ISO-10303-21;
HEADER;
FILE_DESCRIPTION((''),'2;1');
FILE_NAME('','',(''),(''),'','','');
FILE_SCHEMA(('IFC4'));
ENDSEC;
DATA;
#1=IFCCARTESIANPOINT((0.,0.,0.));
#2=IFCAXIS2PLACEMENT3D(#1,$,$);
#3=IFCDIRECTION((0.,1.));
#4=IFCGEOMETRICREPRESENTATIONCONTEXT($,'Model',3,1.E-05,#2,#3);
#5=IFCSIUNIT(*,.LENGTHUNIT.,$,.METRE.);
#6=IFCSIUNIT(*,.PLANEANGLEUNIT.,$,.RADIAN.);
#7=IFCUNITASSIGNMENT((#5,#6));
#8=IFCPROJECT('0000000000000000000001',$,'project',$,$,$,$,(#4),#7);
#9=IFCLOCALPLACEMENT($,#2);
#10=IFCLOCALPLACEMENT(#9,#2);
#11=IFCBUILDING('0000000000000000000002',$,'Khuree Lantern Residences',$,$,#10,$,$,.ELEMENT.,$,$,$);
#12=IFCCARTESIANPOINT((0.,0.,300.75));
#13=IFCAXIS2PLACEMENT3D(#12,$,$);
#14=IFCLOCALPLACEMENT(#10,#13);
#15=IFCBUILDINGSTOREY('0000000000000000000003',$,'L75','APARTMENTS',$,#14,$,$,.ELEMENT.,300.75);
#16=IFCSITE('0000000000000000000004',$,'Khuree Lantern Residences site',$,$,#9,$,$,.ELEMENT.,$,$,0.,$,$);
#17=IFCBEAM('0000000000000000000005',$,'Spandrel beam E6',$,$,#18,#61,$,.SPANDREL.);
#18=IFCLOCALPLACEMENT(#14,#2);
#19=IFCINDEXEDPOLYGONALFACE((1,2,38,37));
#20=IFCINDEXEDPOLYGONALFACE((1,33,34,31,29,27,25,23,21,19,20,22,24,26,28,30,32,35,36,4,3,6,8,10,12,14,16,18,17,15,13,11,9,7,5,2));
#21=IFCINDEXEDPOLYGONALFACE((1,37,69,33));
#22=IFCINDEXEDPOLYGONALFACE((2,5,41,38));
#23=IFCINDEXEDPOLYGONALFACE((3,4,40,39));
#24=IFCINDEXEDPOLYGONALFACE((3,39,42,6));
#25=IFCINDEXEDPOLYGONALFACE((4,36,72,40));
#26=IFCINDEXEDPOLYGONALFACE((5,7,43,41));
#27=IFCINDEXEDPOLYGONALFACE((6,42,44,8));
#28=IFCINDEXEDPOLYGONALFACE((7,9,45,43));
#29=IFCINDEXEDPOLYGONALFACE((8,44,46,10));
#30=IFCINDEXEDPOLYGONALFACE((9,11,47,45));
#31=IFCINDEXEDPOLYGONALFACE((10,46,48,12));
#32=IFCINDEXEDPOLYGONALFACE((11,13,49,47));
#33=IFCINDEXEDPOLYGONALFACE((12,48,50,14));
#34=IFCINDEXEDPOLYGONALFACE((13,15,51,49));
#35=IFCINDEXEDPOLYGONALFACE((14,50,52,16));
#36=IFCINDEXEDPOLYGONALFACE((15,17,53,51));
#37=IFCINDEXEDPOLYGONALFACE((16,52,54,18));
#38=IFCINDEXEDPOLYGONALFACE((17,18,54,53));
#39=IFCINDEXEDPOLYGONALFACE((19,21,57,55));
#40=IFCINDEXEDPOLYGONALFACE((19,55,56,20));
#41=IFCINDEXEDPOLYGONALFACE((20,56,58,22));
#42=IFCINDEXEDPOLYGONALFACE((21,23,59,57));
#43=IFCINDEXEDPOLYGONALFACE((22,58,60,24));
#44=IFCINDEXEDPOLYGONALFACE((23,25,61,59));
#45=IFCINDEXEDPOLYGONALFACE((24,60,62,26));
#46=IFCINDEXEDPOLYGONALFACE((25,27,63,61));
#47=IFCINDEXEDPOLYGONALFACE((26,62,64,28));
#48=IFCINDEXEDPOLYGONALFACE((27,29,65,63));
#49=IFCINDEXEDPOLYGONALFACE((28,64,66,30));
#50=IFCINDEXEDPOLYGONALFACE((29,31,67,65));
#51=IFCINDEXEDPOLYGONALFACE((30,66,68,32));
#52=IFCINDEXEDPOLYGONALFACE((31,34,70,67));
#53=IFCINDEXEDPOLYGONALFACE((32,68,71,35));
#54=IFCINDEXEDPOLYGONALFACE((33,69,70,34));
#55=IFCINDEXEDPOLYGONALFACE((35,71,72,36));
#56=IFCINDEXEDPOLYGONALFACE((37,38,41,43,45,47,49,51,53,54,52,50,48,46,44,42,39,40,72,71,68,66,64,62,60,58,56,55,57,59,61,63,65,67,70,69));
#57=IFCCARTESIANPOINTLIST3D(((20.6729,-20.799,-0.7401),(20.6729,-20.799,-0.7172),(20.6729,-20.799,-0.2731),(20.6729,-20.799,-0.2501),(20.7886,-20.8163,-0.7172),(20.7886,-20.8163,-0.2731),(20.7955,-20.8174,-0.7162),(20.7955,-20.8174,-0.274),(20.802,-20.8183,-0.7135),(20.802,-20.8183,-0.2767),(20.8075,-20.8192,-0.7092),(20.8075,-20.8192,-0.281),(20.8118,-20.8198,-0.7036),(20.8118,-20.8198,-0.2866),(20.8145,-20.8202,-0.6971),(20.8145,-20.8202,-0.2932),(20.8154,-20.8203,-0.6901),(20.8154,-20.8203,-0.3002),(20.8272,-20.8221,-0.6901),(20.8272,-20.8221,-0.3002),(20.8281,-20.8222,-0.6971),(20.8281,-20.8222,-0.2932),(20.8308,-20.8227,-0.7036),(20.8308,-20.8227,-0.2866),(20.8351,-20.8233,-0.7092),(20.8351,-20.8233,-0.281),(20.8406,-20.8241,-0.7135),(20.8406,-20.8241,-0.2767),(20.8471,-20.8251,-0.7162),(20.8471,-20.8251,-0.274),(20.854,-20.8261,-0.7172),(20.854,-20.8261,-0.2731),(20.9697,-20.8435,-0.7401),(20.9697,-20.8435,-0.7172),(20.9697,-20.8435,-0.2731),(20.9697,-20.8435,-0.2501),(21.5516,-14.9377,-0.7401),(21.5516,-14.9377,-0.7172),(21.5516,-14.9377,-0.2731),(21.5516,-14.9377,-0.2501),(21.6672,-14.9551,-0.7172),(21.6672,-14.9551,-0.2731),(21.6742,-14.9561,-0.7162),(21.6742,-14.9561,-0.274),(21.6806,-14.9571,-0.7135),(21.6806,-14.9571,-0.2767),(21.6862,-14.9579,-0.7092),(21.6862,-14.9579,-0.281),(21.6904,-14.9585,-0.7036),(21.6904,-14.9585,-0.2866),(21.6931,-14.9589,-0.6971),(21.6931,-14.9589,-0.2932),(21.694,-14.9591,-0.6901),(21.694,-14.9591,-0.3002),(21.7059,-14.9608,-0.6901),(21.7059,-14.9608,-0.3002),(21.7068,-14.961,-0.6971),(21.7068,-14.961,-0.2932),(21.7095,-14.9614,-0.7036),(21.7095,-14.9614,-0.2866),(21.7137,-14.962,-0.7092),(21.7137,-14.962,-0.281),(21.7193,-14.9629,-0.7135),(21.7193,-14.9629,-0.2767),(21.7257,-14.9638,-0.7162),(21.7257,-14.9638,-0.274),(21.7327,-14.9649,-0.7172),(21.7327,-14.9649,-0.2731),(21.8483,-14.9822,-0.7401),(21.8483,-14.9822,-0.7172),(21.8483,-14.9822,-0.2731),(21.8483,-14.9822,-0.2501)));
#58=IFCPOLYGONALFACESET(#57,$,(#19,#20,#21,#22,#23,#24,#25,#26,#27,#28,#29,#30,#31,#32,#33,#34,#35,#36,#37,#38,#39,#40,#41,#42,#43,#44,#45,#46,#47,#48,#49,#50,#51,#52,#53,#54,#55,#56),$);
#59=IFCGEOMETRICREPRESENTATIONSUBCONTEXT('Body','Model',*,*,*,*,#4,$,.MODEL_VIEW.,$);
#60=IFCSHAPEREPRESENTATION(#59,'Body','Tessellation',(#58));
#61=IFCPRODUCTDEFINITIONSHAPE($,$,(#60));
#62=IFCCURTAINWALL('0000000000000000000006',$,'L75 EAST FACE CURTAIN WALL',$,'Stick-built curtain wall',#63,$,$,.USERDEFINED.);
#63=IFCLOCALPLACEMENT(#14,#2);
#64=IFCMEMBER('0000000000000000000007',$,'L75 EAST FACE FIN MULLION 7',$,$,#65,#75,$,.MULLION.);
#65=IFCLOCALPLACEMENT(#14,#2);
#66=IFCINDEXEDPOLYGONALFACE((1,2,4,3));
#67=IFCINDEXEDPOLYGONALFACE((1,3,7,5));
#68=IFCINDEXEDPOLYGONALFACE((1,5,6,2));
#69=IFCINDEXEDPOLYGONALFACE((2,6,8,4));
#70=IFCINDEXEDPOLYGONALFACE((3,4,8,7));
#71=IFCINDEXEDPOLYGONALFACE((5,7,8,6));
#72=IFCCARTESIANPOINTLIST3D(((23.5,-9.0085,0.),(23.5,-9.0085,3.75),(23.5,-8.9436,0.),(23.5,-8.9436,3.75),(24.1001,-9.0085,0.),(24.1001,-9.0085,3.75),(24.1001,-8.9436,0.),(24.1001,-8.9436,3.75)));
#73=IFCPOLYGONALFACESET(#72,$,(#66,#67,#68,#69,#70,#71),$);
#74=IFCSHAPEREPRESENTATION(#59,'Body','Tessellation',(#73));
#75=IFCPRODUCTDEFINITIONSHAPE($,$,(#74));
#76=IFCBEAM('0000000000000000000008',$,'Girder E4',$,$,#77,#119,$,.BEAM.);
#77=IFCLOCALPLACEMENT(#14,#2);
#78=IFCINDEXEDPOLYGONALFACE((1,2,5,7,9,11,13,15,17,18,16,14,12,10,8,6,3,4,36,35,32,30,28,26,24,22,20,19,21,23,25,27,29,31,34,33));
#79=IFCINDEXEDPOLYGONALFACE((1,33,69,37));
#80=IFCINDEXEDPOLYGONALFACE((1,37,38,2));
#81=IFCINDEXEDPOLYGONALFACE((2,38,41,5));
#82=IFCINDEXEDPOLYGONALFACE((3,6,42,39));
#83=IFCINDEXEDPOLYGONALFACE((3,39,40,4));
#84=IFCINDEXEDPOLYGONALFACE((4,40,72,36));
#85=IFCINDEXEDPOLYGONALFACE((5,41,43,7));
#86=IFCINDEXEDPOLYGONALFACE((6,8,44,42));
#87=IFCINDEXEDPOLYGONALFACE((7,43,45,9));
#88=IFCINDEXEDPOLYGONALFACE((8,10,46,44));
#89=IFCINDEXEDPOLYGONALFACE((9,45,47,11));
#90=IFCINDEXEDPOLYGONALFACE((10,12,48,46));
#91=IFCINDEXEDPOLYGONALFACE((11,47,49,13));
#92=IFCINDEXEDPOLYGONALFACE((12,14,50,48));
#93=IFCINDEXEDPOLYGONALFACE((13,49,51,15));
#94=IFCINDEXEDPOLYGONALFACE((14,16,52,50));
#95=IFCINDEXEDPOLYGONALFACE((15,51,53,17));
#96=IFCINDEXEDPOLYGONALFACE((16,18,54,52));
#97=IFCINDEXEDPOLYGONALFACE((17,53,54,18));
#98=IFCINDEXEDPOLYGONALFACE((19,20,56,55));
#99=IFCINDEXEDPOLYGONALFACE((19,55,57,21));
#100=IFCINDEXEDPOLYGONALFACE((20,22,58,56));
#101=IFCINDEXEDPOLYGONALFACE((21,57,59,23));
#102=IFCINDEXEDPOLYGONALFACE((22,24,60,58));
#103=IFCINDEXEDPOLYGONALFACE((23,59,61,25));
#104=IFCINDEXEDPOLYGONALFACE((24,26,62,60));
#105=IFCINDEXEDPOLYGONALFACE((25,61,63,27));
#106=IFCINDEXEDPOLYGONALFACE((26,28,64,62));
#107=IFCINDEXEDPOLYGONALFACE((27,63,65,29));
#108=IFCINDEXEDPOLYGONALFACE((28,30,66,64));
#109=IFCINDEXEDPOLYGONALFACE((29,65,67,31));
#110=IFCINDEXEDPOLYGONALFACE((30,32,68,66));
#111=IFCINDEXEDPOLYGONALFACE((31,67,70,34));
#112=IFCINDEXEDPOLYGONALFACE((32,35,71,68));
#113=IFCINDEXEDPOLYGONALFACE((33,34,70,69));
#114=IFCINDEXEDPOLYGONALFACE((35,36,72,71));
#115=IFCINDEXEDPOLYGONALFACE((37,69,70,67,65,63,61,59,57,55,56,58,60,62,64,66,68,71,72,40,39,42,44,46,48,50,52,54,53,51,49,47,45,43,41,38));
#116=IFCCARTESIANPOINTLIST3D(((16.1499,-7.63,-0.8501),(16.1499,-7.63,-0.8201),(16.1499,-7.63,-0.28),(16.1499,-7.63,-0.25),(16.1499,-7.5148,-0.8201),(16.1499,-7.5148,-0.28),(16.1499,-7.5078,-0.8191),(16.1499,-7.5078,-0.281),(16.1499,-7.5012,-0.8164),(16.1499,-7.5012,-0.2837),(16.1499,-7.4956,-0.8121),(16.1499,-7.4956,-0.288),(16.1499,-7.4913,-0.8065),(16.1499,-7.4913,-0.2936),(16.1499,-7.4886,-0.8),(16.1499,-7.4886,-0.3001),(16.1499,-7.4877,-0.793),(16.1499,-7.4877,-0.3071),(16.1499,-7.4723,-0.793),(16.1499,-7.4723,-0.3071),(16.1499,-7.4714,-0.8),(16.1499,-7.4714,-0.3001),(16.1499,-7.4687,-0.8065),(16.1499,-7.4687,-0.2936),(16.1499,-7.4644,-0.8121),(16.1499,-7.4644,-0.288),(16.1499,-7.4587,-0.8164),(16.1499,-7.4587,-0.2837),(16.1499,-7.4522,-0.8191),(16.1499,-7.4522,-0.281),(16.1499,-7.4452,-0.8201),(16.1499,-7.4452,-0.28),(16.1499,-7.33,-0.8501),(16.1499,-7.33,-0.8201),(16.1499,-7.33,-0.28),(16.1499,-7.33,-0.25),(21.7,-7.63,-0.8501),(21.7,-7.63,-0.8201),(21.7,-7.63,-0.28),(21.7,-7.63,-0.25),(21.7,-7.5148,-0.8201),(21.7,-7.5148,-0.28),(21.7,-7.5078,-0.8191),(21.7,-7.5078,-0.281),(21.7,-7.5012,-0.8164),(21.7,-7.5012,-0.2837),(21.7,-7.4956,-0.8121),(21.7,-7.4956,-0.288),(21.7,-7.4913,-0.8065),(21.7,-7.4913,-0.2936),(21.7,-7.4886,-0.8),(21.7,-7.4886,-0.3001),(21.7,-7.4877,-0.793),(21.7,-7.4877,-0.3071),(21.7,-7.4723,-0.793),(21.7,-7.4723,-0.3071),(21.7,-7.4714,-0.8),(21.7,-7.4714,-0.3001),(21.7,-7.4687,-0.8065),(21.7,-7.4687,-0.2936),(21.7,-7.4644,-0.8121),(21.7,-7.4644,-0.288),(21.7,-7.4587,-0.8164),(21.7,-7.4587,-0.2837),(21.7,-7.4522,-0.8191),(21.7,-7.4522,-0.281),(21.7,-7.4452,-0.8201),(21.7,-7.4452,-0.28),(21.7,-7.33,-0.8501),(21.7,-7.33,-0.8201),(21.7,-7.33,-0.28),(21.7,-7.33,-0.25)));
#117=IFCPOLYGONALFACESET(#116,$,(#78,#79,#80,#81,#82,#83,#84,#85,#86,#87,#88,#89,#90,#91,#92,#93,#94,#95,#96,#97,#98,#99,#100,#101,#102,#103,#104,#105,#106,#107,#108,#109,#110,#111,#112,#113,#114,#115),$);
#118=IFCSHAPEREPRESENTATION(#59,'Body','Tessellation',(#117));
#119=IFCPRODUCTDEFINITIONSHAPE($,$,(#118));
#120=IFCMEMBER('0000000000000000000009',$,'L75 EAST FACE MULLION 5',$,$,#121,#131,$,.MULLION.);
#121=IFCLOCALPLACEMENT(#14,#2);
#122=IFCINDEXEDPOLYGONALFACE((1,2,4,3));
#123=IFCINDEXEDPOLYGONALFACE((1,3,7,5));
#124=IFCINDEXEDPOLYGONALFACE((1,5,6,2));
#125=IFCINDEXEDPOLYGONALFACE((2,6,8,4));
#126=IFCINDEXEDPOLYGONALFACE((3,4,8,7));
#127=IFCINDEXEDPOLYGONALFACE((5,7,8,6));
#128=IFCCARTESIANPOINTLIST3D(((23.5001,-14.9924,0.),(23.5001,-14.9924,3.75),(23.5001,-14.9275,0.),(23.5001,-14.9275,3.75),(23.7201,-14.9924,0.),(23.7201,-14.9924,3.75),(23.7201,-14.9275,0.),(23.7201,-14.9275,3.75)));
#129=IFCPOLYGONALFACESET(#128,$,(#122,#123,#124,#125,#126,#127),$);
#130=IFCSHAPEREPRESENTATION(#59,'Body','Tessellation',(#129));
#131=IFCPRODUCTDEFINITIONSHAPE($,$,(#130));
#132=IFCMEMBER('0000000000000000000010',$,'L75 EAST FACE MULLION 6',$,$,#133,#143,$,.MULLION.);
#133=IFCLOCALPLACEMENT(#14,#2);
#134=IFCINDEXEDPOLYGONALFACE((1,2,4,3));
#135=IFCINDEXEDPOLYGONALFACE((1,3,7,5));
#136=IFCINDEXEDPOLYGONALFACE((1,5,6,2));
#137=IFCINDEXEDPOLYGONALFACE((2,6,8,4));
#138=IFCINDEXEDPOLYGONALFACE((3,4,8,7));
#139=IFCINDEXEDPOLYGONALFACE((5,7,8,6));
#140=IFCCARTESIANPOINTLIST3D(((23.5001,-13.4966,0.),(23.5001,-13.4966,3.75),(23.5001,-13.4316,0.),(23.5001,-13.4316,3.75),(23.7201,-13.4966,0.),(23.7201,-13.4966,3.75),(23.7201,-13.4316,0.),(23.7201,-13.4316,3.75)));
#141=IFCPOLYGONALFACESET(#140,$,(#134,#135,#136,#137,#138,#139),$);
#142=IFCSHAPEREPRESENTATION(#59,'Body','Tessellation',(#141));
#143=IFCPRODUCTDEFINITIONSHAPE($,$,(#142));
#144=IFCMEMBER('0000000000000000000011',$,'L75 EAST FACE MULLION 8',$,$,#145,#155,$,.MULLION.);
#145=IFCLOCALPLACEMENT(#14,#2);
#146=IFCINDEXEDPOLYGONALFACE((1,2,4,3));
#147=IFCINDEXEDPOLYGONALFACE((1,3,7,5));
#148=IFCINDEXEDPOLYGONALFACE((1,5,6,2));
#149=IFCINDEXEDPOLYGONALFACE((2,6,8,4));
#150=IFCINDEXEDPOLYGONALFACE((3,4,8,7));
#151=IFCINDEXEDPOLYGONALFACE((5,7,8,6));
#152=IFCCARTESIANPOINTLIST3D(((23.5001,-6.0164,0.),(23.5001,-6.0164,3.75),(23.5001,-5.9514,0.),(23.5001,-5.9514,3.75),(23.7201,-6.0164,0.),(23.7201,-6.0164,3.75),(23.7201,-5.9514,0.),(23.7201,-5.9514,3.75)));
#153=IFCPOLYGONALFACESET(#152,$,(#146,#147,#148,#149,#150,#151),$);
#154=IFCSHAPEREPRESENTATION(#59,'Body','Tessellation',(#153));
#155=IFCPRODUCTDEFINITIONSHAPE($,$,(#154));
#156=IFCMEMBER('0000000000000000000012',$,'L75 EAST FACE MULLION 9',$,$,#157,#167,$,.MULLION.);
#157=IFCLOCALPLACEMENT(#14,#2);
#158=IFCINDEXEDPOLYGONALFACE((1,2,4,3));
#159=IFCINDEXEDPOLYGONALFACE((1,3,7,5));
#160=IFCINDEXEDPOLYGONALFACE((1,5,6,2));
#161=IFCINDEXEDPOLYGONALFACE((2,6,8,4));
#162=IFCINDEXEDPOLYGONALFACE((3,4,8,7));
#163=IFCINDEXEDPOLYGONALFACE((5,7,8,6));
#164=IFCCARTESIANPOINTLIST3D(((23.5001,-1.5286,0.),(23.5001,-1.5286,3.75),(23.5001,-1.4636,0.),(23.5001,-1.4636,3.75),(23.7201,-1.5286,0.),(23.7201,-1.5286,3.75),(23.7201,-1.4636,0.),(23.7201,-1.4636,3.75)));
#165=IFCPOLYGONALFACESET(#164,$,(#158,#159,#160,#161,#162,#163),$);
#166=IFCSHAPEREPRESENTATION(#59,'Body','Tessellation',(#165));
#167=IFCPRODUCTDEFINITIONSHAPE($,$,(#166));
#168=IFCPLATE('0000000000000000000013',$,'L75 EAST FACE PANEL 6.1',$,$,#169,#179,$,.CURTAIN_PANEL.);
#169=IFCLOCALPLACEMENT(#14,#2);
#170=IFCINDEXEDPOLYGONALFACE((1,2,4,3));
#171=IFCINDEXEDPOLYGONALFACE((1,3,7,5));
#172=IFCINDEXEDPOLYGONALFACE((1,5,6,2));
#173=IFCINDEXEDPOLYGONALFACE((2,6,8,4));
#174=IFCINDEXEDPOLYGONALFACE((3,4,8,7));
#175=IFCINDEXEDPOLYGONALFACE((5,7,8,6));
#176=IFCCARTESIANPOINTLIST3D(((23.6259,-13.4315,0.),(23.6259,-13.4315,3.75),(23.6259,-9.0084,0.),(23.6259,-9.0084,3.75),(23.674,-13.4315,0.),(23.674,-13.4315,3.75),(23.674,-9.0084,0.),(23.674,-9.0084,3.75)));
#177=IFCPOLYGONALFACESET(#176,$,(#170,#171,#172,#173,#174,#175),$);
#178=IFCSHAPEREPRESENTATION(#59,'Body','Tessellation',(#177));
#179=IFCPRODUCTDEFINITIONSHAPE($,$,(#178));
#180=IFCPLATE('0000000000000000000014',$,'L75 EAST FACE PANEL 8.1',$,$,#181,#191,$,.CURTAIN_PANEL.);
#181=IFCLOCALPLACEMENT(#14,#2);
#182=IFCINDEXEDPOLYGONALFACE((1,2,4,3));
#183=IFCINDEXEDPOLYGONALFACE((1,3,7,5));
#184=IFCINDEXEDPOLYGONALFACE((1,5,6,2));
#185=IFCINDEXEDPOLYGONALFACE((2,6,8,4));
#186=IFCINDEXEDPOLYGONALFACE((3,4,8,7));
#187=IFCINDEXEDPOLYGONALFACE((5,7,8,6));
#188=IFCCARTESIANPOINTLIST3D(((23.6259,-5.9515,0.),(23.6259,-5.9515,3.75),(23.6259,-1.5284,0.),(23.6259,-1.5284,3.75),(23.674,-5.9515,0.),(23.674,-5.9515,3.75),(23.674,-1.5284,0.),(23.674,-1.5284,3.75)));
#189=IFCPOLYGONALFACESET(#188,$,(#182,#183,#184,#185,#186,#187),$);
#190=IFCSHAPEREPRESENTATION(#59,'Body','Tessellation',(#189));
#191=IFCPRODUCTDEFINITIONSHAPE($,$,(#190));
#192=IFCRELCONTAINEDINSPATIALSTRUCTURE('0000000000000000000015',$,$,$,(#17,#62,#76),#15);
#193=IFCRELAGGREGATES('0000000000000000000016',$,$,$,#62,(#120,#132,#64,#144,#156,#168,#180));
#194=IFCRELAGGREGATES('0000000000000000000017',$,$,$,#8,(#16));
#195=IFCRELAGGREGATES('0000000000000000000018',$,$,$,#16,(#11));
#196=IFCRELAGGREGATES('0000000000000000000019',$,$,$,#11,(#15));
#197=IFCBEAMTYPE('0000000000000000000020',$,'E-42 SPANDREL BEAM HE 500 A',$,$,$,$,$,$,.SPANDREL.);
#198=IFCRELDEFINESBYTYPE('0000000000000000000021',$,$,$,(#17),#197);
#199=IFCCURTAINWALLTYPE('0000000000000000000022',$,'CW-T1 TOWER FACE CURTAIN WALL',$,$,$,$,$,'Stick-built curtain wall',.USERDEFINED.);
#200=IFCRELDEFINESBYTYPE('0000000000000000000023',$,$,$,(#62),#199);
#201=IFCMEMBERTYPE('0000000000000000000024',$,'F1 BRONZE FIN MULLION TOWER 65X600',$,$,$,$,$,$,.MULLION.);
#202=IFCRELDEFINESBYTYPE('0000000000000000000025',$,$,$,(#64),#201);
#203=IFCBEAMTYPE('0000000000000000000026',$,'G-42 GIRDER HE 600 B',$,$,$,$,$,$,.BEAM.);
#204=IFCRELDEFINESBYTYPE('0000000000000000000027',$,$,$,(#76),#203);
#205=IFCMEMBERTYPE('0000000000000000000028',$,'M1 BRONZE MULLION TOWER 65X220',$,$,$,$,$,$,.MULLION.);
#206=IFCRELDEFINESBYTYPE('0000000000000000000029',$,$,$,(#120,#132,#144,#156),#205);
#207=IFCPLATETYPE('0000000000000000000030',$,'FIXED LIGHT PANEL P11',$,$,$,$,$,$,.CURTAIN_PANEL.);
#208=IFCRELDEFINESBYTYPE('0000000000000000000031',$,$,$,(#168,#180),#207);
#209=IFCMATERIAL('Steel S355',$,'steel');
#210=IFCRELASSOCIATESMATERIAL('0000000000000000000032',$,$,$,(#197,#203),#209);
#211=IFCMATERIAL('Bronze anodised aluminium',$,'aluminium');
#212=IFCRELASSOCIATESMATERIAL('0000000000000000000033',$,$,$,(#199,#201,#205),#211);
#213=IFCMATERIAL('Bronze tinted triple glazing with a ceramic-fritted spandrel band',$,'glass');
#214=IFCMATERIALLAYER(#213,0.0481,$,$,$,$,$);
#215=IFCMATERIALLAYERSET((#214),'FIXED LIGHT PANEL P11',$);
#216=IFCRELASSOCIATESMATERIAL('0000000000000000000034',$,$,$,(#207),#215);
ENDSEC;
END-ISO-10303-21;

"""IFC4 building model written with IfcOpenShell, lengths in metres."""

from ifc_helpers import new_model, si_unit, direction, frame, origin, origin_2d, place, context, subcontext, project, spatial, rectangle, i_section, extrude, material, layer, layer_set, material_profile, profile_set, type_object, element, aggregate, save


model = new_model("IFC4")

# Units and contexts
model_context = context("Model", 3, precision=1e-05, world=origin(), true_north=direction((0.0, 1.0)))
body_context = subcontext(model_context, "Body", "Model", "MODEL_VIEW")
ifc_project = project(units=[si_unit("LENGTHUNIT", "METRE"), si_unit("PLANEANGLEUNIT", "RADIAN")], contexts=[model_context])

# Site, building, storey
site_placement = place(None, origin())
site = spatial("IfcSite", under=ifc_project, at=site_placement, Name="Khuree Lantern Residences site", CompositionType="ELEMENT", RefElevation=0.0)
building_placement = place(site_placement, origin())
building = spatial("IfcBuilding", under=site, at=building_placement, Name="Khuree Lantern Residences", CompositionType="ELEMENT")
storey_placement = place(building_placement, frame((0.0, 0.0, 300.75)))
storey = spatial("IfcBuildingStorey", under=building, at=storey_placement, Name="L75", Description="APARTMENTS", CompositionType="ELEMENT", Elevation=300.75)

# Beam
ifc_material_1 = material(Name="Steel S355", Category="steel")
ifc_material_profile_1 = material_profile(ifc_material_1, i_section(OverallWidth=0.3, OverallDepth=0.49, WebThickness=0.012, FlangeThickness=0.0229, FilletRadius=0.0271, at=origin_2d()), Name="HE 500 A")
ifc_profile_set_1 = profile_set([ifc_material_profile_1], Name="Steel S355")
beam_type_1 = type_object("IfcBeamType", Name="E-42 SPANDREL BEAM HE 500 A", PredefinedType="SPANDREL", material=ifc_profile_set_1)
beam_1_placement = place(storey_placement, frame((21.7, -14.96, -0.4951), z_axis=(-0.148252, -0.98895, 0.0), x_axis=(0.98895, -0.148252, 0.0)))
element("IfcBeam", 1, at=beam_1_placement, inside=storey, type_object=beam_type_1, Name="Spandrel beam E6", PredefinedType="SPANDREL", context=body_context, shape_type="SweptSolid", body=[
    extrude(i_section(OverallWidth=0.3, OverallDepth=0.49, WebThickness=0.012, FlangeThickness=0.0229, FilletRadius=0.0271, at=origin_2d()), origin(), (0.0, 0.0, 1.0), 5.9268),
])

# Curtain wall, member
ifc_material_2 = material(Name="Bronze anodised aluminium", Category="aluminium")
curtain_wall_type = type_object("IfcCurtainWallType", Name="CW-T1 TOWER FACE CURTAIN WALL", ElementType="Stick-built curtain wall", PredefinedType="USERDEFINED", material=ifc_material_2)
curtain_wall_placement = place(storey_placement, origin())
curtain_wall = element("IfcCurtainWall", 2, at=curtain_wall_placement, inside=storey, type_object=curtain_wall_type, Name="L75 EAST FACE CURTAIN WALL", ObjectType="Stick-built curtain wall", PredefinedType="USERDEFINED")
ifc_material_profile_2 = material_profile(ifc_material_2, rectangle(XDim=0.0649, YDim=0.6001, at=origin_2d()), Name="F1 65X600")
ifc_profile_set_2 = profile_set([ifc_material_profile_2], Name="Bronze anodised aluminium")
member_type_1 = type_object("IfcMemberType", Name="F1 BRONZE FIN MULLION TOWER 65X600", PredefinedType="MULLION", material=ifc_profile_set_2)
member_1_placement = place(storey_placement, frame((23.8, -8.9761, 0.0), z_axis=(0.0, 0.0, 1.0), x_axis=(0.0, 1.0, 0.0)))
member_1 = element("IfcMember", 3, at=member_1_placement, type_object=member_type_1, Name="L75 EAST FACE FIN MULLION 7", PredefinedType="MULLION", context=body_context, shape_type="SweptSolid", body=[
    extrude(rectangle(XDim=0.0649, YDim=0.6001, at=origin_2d()), origin(), (0.0, 0.0, 1.0), 3.75),
])

# Beam
ifc_material_profile_3 = material_profile(ifc_material_1, i_section(OverallWidth=0.3, OverallDepth=0.6001, WebThickness=0.0154, FlangeThickness=0.03, FilletRadius=0.0271, at=origin_2d()), Name="HE 600 B")
ifc_profile_set_3 = profile_set([ifc_material_profile_3], Name="Steel S355")
beam_type_2 = type_object("IfcBeamType", Name="G-42 GIRDER HE 600 B", PredefinedType="BEAM", material=ifc_profile_set_3)
beam_2_placement = place(storey_placement, frame((21.7, -7.48, -0.55), z_axis=(-1.0, 0.0, 0.0), x_axis=(0.0, -1.0, 0.0)))
element("IfcBeam", 4, at=beam_2_placement, inside=storey, type_object=beam_type_2, Name="Girder E4", PredefinedType="BEAM", context=body_context, shape_type="SweptSolid", body=[
    extrude(i_section(OverallWidth=0.3, OverallDepth=0.6001, WebThickness=0.0154, FlangeThickness=0.03, FilletRadius=0.0271, at=origin_2d()), origin(), (0.0, 0.0, 1.0), 5.55),
])

# Members
ifc_material_profile_4 = material_profile(ifc_material_2, rectangle(XDim=0.0649, YDim=0.22, at=origin_2d()), Name="M1 65X220")
ifc_profile_set_4 = profile_set([ifc_material_profile_4], Name="Bronze anodised aluminium")
member_type_2 = type_object("IfcMemberType", Name="M1 BRONZE MULLION TOWER 65X220", PredefinedType="MULLION", material=ifc_profile_set_4)
member_2_placement = place(storey_placement, frame((23.6101, -14.96, 0.0), z_axis=(0.0, 0.0, 1.0), x_axis=(0.0, 1.0, 0.0)))
member_2 = element("IfcMember", 5, at=member_2_placement, type_object=member_type_2, Name="L75 EAST FACE MULLION 5", PredefinedType="MULLION", context=body_context, shape_type="SweptSolid", body=[
    extrude(rectangle(XDim=0.0649, YDim=0.22, at=origin_2d()), origin(), (0.0, 0.0, 1.0), 3.75),
])
member_3_placement = place(storey_placement, frame((23.6101, -13.4641, 0.0), z_axis=(0.0, 0.0, 1.0), x_axis=(0.0, 1.0, 0.0)))
member_3 = element("IfcMember", 6, at=member_3_placement, type_object=member_type_2, Name="L75 EAST FACE MULLION 6", PredefinedType="MULLION", context=body_context, shape_type="SweptSolid", body=[
    extrude(rectangle(XDim=0.0649, YDim=0.22, at=origin_2d()), origin(), (0.0, 0.0, 1.0), 3.75),
])
member_4_placement = place(storey_placement, frame((23.6101, -5.9839, 0.0), z_axis=(0.0, 0.0, 1.0), x_axis=(0.0, 1.0, 0.0)))
member_4 = element("IfcMember", 7, at=member_4_placement, type_object=member_type_2, Name="L75 EAST FACE MULLION 8", PredefinedType="MULLION", context=body_context, shape_type="SweptSolid", body=[
    extrude(rectangle(XDim=0.0649, YDim=0.22, at=origin_2d()), origin(), (0.0, 0.0, 1.0), 3.75),
])
member_5_placement = place(storey_placement, frame((23.6101, -1.4961, 0.0), z_axis=(0.0, 0.0, 1.0), x_axis=(0.0, 1.0, 0.0)))
member_5 = element("IfcMember", 8, at=member_5_placement, type_object=member_type_2, Name="L75 EAST FACE MULLION 9", PredefinedType="MULLION", context=body_context, shape_type="SweptSolid", body=[
    extrude(rectangle(XDim=0.0649, YDim=0.22, at=origin_2d()), origin(), (0.0, 0.0, 1.0), 3.75),
])

# Plates
ifc_material_3 = material(Name="Bronze tinted triple glazing with a ceramic-fritted spandrel band", Category="glass")
ifc_layer_1 = layer(ifc_material_3, 0.0481)
ifc_layer_set_1 = layer_set([ifc_layer_1], Name="FIXED LIGHT PANEL P11")
plate_type_1 = type_object("IfcPlateType", Name="FIXED LIGHT PANEL P11", PredefinedType="CURTAIN_PANEL", material=ifc_layer_set_1)
plate_1_placement = place(storey_placement, frame((23.6499, -11.22, 0.0), z_axis=(0.0, 0.0, 1.0), x_axis=(0.0, 1.0, 0.0)))
plate_1 = element("IfcPlate", 9, at=plate_1_placement, type_object=plate_type_1, Name="L75 EAST FACE PANEL 6.1", PredefinedType="CURTAIN_PANEL", context=body_context, shape_type="SweptSolid", body=[
    extrude(rectangle(XDim=4.4231, YDim=0.0481, at=origin_2d()), origin(), (0.0, 0.0, 1.0), 3.75),
])
plate_2_placement = place(storey_placement, frame((23.6499, -3.74, 0.0), z_axis=(0.0, 0.0, 1.0), x_axis=(0.0, 1.0, 0.0)))
plate_2 = element("IfcPlate", 10, at=plate_2_placement, type_object=plate_type_1, Name="L75 EAST FACE PANEL 8.1", PredefinedType="CURTAIN_PANEL", context=body_context, shape_type="SweptSolid", body=[
    extrude(rectangle(XDim=4.4231, YDim=0.0481, at=origin_2d()), origin(), (0.0, 0.0, 1.0), 3.75),
])
aggregate(curtain_wall, [member_2, member_3, member_1, member_4, member_5, plate_1, plate_2])

save(model, "model.ifc")
